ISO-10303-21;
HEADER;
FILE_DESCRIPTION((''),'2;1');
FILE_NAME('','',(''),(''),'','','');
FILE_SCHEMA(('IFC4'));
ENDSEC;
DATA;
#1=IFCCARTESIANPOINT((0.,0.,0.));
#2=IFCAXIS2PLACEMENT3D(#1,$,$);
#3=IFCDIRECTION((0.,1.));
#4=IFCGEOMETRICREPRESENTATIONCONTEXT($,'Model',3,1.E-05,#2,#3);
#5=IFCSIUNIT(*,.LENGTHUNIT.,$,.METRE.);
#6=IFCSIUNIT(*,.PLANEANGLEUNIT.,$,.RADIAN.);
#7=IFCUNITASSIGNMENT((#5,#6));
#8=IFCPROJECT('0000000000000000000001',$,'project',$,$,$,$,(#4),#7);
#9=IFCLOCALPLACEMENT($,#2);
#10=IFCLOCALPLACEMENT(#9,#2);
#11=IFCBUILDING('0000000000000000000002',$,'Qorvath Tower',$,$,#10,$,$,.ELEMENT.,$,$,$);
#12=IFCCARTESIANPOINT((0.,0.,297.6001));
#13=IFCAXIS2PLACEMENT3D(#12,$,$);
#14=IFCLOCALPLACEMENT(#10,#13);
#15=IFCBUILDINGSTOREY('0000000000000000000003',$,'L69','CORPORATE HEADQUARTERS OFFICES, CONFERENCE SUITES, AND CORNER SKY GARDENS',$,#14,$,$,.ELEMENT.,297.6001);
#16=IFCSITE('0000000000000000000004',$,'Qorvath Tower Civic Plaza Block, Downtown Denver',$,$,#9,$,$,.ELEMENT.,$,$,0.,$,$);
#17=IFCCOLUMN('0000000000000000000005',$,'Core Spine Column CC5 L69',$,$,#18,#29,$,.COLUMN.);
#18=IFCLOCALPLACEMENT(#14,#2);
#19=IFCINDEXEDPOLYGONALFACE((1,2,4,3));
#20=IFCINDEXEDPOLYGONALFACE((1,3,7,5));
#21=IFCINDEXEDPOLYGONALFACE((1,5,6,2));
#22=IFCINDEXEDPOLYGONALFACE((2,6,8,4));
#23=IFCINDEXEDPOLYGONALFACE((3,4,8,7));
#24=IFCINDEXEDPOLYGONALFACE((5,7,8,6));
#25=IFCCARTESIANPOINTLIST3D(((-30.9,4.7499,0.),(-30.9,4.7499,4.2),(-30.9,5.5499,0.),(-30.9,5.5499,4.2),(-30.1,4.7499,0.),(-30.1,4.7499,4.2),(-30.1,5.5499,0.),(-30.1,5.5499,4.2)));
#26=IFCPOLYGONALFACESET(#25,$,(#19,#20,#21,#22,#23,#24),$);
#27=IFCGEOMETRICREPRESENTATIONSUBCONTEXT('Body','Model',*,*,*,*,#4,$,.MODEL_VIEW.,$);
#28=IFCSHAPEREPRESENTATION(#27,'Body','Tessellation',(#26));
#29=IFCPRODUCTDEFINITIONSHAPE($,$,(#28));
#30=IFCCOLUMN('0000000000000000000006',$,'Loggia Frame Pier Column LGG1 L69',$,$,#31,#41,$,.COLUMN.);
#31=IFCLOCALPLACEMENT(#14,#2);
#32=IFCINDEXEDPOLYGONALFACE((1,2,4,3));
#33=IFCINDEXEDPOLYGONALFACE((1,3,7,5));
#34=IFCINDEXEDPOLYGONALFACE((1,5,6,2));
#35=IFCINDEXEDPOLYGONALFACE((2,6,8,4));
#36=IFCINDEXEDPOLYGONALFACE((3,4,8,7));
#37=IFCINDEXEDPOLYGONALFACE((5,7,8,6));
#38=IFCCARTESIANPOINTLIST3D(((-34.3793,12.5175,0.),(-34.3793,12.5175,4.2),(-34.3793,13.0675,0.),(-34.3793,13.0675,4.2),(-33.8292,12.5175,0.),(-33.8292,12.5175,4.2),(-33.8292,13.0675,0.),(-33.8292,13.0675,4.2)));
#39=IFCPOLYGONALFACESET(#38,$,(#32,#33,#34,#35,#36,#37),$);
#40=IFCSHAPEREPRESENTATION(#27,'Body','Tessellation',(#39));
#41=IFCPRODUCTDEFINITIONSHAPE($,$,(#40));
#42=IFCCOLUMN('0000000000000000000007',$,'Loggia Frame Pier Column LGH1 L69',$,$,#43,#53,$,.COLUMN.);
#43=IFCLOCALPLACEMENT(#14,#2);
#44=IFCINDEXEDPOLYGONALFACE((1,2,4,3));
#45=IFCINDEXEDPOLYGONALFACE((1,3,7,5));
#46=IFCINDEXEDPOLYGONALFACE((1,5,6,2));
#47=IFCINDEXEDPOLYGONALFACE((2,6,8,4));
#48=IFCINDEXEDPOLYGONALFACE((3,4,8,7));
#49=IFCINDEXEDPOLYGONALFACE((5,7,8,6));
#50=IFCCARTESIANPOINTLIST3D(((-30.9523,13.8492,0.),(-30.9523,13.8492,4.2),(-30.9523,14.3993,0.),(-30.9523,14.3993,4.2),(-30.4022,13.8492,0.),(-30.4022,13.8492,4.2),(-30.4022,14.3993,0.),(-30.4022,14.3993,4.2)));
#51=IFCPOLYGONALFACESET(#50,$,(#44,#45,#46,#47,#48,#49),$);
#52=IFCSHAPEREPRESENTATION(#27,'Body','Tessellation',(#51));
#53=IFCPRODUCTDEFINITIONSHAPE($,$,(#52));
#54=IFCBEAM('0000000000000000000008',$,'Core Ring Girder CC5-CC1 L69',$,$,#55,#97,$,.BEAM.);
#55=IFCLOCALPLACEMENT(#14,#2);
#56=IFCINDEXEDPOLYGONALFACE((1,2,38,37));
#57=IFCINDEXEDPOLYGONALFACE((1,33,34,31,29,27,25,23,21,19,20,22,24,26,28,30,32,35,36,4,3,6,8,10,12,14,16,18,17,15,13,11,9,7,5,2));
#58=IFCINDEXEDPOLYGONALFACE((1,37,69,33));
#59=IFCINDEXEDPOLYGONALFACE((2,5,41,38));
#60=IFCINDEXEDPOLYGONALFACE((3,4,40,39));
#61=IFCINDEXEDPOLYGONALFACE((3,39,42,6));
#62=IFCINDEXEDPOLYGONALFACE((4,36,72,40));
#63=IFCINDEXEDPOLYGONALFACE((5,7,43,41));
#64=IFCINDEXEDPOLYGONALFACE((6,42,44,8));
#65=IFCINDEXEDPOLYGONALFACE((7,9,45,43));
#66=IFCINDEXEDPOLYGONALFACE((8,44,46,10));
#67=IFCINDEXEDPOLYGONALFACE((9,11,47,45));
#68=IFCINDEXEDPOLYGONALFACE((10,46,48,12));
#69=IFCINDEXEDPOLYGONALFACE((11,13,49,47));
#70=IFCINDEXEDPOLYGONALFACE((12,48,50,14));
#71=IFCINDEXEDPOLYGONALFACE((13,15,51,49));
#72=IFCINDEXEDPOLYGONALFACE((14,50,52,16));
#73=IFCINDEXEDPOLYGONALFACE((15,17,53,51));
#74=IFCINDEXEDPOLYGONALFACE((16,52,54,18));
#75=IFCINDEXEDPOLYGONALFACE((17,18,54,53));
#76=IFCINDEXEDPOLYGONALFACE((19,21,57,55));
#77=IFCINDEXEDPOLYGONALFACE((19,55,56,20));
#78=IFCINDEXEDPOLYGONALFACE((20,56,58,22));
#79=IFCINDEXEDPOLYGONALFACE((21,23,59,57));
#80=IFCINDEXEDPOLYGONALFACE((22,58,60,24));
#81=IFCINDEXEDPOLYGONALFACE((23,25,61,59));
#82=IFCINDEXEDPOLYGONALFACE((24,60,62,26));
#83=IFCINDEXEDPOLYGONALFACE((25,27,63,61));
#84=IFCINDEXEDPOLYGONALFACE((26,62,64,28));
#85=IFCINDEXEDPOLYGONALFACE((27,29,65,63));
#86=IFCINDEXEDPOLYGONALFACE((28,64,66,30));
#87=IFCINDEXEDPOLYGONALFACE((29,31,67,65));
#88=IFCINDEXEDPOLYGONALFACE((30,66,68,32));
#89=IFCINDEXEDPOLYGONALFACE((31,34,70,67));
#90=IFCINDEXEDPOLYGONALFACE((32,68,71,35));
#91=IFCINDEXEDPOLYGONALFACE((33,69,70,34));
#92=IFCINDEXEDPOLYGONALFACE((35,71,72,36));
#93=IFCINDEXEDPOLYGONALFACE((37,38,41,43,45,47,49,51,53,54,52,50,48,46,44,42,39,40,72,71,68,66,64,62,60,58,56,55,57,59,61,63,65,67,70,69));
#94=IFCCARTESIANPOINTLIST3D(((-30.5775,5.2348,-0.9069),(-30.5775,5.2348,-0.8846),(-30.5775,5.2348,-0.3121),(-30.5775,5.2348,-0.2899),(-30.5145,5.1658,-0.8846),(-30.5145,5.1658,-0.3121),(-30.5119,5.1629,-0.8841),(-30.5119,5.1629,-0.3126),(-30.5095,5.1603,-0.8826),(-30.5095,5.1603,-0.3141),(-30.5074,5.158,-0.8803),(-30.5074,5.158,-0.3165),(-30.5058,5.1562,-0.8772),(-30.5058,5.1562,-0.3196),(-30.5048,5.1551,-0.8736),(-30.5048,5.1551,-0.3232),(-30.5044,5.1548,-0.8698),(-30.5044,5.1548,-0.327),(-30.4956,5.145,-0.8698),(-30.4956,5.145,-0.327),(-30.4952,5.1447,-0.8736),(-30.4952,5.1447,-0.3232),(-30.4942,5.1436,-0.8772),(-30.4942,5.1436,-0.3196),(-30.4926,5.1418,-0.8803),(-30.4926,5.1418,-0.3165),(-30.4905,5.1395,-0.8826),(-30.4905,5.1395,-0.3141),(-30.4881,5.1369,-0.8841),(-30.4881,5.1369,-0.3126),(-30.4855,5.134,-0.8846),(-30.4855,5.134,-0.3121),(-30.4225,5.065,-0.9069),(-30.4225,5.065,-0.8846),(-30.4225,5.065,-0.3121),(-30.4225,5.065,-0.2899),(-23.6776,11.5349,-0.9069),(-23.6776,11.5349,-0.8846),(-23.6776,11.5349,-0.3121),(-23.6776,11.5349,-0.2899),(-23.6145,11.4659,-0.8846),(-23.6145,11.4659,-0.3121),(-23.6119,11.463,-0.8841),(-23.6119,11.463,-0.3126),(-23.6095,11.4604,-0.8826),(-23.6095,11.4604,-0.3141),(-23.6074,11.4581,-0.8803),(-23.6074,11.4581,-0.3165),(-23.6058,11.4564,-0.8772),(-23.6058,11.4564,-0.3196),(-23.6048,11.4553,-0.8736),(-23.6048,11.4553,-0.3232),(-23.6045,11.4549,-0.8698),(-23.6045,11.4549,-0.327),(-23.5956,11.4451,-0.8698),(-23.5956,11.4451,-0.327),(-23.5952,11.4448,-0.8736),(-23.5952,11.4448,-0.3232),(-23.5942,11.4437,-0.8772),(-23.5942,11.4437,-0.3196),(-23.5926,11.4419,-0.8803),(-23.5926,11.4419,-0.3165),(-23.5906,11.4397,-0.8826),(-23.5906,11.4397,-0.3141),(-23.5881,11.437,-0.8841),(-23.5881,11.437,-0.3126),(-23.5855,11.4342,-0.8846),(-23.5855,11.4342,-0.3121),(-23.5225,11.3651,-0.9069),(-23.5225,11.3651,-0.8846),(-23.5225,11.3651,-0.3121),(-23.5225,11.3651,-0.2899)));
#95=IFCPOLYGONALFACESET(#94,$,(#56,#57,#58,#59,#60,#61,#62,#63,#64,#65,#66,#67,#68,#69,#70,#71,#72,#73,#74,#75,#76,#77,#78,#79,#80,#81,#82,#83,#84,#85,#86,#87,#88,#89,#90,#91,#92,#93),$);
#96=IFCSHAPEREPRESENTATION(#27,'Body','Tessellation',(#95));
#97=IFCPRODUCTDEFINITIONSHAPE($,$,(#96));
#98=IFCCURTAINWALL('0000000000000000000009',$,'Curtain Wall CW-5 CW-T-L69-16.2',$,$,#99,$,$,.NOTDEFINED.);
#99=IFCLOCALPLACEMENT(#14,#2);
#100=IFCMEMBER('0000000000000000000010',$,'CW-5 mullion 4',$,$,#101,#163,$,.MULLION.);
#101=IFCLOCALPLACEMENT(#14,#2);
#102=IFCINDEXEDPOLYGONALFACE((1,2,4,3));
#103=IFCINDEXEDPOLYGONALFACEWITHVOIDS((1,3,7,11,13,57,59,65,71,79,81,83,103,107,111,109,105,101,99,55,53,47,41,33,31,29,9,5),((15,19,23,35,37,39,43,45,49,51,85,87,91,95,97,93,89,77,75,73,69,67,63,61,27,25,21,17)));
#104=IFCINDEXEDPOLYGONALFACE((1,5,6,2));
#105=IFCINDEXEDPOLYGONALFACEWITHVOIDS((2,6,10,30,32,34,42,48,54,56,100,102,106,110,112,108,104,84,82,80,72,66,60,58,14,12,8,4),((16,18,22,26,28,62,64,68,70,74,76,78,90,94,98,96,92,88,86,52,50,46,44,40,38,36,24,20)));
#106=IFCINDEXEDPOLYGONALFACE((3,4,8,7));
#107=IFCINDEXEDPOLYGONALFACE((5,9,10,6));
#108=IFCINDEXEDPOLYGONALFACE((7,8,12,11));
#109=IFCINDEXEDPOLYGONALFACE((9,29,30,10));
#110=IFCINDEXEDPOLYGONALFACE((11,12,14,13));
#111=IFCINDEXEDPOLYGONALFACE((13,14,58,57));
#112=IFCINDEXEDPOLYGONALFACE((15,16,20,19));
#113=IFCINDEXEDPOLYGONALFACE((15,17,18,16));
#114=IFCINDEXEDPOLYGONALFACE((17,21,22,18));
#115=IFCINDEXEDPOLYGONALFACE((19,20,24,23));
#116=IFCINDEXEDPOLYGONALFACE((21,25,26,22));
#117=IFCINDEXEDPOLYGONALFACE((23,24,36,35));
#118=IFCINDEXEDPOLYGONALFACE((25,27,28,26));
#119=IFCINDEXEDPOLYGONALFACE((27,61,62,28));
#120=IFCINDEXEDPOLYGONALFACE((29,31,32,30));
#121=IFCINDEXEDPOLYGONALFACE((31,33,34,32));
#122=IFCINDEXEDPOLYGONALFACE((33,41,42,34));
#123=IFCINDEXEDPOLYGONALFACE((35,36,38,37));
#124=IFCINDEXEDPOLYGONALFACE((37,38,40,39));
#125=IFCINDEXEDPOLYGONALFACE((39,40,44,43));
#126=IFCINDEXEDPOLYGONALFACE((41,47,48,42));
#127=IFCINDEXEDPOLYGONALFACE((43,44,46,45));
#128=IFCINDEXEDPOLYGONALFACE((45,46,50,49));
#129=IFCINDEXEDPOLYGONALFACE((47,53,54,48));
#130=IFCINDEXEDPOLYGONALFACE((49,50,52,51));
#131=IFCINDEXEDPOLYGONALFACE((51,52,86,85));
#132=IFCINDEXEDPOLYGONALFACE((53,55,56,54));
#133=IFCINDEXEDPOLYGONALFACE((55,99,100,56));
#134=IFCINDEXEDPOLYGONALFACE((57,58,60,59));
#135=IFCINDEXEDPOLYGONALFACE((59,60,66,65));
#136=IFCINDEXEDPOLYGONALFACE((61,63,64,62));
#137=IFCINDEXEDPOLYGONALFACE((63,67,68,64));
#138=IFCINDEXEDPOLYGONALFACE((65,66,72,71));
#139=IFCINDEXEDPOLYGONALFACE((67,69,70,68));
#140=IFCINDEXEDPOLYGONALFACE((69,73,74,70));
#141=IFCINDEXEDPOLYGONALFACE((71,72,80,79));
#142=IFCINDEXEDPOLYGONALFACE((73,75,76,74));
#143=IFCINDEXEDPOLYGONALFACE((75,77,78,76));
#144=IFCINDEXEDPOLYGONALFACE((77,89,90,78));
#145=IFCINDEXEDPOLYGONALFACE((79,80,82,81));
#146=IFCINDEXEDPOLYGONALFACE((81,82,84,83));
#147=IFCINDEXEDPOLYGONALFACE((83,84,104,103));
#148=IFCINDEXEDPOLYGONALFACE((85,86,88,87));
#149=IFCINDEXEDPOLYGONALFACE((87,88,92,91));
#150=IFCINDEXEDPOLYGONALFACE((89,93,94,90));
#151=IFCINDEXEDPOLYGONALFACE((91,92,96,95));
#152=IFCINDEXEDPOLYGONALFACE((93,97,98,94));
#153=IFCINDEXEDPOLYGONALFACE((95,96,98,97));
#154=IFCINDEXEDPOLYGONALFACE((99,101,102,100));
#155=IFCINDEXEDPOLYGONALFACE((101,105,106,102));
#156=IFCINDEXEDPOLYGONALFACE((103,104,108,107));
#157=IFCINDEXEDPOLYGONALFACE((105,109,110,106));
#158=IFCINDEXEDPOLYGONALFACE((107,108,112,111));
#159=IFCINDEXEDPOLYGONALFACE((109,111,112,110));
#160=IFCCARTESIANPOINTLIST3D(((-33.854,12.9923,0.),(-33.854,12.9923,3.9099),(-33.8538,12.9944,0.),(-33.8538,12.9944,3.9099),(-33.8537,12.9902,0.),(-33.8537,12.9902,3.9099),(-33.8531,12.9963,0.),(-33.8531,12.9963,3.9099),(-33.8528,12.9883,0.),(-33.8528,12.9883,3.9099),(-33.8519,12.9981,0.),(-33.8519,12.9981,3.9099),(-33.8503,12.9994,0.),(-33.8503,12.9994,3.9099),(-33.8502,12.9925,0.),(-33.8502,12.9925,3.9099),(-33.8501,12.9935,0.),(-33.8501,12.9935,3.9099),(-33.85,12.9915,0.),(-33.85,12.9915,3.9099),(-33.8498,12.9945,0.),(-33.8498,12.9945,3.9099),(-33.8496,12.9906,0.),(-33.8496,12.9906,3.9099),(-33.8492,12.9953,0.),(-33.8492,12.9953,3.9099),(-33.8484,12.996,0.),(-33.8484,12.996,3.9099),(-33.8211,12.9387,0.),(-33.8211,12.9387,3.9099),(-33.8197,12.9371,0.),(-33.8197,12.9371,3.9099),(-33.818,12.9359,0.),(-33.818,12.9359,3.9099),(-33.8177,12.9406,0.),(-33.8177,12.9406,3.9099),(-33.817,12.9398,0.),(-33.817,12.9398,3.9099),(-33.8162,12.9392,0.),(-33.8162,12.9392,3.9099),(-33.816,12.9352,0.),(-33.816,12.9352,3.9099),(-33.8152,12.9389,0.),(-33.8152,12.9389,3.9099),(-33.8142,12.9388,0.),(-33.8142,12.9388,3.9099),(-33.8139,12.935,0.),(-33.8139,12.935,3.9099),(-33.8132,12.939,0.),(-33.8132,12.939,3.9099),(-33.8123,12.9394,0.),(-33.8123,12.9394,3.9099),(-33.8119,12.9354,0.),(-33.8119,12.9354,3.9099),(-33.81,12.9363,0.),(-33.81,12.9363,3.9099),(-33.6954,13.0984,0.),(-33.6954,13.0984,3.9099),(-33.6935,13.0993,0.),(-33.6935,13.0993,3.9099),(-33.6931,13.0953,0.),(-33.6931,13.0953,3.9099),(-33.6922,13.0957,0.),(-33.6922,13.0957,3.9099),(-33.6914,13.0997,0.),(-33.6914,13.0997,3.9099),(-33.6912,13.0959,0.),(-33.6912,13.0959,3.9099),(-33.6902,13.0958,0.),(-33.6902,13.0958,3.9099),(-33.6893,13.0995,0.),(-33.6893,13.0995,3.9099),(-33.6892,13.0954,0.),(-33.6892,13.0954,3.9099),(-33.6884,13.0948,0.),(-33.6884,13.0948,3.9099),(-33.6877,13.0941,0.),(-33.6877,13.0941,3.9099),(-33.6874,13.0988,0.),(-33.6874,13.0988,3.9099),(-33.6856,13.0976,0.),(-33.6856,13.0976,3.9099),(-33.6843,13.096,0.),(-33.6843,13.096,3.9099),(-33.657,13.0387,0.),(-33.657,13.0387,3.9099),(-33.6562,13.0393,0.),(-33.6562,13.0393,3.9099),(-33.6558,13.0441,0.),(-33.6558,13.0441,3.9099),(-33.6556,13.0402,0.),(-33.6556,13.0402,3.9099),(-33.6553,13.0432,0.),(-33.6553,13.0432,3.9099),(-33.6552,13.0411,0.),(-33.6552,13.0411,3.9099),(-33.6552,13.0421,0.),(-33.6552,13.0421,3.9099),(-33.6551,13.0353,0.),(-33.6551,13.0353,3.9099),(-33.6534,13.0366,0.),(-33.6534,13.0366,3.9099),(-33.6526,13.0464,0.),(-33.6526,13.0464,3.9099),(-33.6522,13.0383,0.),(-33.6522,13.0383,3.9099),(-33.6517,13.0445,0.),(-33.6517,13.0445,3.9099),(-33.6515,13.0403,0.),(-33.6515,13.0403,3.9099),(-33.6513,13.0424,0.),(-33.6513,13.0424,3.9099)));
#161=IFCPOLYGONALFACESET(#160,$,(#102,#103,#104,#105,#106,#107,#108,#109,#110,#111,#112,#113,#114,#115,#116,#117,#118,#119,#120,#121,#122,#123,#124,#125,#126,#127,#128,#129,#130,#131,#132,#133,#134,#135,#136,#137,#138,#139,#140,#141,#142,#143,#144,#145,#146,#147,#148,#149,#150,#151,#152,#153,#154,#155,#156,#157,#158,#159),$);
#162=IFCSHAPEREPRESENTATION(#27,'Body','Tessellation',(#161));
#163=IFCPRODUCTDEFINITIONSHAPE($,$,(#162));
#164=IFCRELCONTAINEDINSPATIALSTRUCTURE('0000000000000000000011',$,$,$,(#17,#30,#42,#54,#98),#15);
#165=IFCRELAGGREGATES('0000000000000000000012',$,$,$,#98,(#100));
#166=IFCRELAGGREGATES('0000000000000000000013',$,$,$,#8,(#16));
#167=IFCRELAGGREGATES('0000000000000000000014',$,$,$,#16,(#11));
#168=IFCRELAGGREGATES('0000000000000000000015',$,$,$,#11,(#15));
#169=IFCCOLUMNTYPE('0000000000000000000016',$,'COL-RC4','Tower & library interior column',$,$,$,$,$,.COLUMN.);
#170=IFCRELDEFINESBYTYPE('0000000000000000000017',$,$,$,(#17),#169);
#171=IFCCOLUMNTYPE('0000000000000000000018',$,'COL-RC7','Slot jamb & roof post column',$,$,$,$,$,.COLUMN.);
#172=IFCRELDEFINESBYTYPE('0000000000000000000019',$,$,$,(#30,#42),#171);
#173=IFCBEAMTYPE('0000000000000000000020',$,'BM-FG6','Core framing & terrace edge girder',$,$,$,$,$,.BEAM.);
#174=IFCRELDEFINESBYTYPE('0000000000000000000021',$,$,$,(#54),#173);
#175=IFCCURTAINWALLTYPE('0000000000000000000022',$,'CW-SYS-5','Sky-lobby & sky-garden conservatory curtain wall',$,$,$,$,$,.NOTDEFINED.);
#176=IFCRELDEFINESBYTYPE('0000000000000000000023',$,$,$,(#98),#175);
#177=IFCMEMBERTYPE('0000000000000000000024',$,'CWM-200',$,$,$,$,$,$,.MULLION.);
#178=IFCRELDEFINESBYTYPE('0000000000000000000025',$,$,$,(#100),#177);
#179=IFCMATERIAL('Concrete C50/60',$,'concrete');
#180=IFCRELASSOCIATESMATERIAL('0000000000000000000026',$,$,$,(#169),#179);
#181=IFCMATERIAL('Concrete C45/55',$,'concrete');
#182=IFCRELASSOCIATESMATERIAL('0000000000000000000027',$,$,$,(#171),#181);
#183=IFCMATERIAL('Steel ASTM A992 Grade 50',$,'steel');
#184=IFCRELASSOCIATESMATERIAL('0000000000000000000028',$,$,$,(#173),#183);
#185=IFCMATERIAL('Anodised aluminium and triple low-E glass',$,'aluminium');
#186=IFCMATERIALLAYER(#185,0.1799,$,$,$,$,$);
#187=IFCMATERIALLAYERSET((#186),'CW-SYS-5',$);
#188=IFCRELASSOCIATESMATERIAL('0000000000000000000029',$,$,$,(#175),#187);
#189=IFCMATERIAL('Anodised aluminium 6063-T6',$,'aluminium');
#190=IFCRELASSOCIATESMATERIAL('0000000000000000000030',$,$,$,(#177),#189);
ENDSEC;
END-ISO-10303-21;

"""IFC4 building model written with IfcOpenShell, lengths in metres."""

from ifc_helpers import new_model, si_unit, direction, frame, origin, origin_2d, place, context, subcontext, project, spatial, rectangle, hollow_rectangle, i_section, extrude, material, layer, layer_set, material_profile, profile_set, type_object, element, aggregate, save


model = new_model("IFC4")

# Units and contexts
model_context = context("Model", 3, precision=1e-05, world=origin(), true_north=direction((0.0, 1.0)))
body_context = subcontext(model_context, "Body", "Model", "MODEL_VIEW")
ifc_project = project(units=[si_unit("LENGTHUNIT", "METRE"), si_unit("PLANEANGLEUNIT", "RADIAN")], contexts=[model_context])

# Site, building, storey
site_placement = place(None, origin())
site = spatial("IfcSite", under=ifc_project, at=site_placement, Name="Qorvath Tower Civic Plaza Block, Downtown Denver", CompositionType="ELEMENT", RefElevation=0.0)
building_placement = place(site_placement, origin())
building = spatial("IfcBuilding", under=site, at=building_placement, Name="Qorvath Tower", CompositionType="ELEMENT")
storey_placement = place(building_placement, frame((0.0, 0.0, 297.6001)))
storey = spatial("IfcBuildingStorey", under=building, at=storey_placement, Name="L69", Description="CORPORATE HEADQUARTERS OFFICES, CONFERENCE SUITES, AND CORNER SKY GARDENS", CompositionType="ELEMENT", Elevation=297.6001)

# Columns
ifc_material_1 = material(Name="Concrete C50/60", Category="concrete")
ifc_material_profile_1 = material_profile(ifc_material_1, rectangle(XDim=0.8, YDim=0.8, at=origin_2d()), Name="RC 800x800")
ifc_profile_set_1 = profile_set([ifc_material_profile_1], Name="Concrete C50/60")
column_type_1 = type_object("IfcColumnType", Name="COL-RC4", Description="Tower & library interior column", PredefinedType="COLUMN", material=ifc_profile_set_1)
column_placement = place(storey_placement, frame((-30.5, 5.1499, 0.0), z_axis=(0.0, 0.0, 1.0), x_axis=(1.0, 0.0, 0.0)))
element("IfcColumn", 1, at=column_placement, inside=storey, type_object=column_type_1, Name="Core Spine Column CC5 L69", PredefinedType="COLUMN", context=body_context, shape_type="SweptSolid", body=[
    extrude(rectangle(XDim=0.8, YDim=0.8, at=origin_2d()), origin(), (0.0, 0.0, 1.0), 4.2),
])
ifc_material_2 = material(Name="Concrete C45/55", Category="concrete")
ifc_material_profile_2 = material_profile(ifc_material_2, rectangle(XDim=0.55, YDim=0.55, at=origin_2d()), Name="RC 550x550")
ifc_profile_set_2 = profile_set([ifc_material_profile_2], Name="Concrete C45/55")
column_type_2 = type_object("IfcColumnType", Name="COL-RC7", Description="Slot jamb & roof post column", PredefinedType="COLUMN", material=ifc_profile_set_2)
for number, where, z_axis, x_axis, name in (
    (2, (-34.1042, 12.7925, 0.0), (0.0, 0.0, 1.0), (1.0, 0.0, 0.0), "Loggia Frame Pier Column LGG1 L69"),
    (3, (-30.6772, 14.1243, 0.0), (0.0, 0.0, 1.0), (1.0, 0.0, 0.0), "Loggia Frame Pier Column LGH1 L69"),
):
    element("IfcColumn", number, at=place(storey_placement, frame(where, z_axis=z_axis, x_axis=x_axis)), inside=storey, type_object=column_type_2, Name=name, PredefinedType="COLUMN", context=body_context, shape_type="SweptSolid", body=[
        extrude(rectangle(XDim=0.55, YDim=0.55, at=origin_2d()), origin(), (0.0, 0.0, 1.0), 4.2),
    ])

# Beam
ifc_material_3 = material(Name="Steel ASTM A992 Grade 50", Category="steel")
ifc_material_profile_3 = material_profile(ifc_material_3, i_section(OverallWidth=0.23, OverallDepth=0.6169, WebThickness=0.0132, FlangeThickness=0.0222, FilletRadius=0.0149, at=origin_2d()), Name="W24x94")
ifc_profile_set_3 = profile_set([ifc_material_profile_3], Name="Steel ASTM A992 Grade 50")
beam_type = type_object("IfcBeamType", Name="BM-FG6", Description="Core framing & terrace edge girder", PredefinedType="BEAM", material=ifc_profile_set_3)
beam_placement = place(storey_placement, frame((-30.5, 5.1499, -0.5984), z_axis=(0.738478, 0.674277, 0.0), x_axis=(-0.674277, 0.738478, 0.0)))
element("IfcBeam", 4, at=beam_placement, inside=storey, type_object=beam_type, Name="Core Ring Girder CC5-CC1 L69", PredefinedType="BEAM", context=body_context, shape_type="SweptSolid", body=[
    extrude(i_section(OverallWidth=0.23, OverallDepth=0.6169, WebThickness=0.0132, FlangeThickness=0.0222, FilletRadius=0.0149, at=origin_2d()), origin(), (0.0, 0.0, 1.0), 9.3435),
])

# Curtain wall, member
ifc_material_4 = material(Name="Anodised aluminium and triple low-E glass", Category="aluminium")
ifc_layer_1 = layer(ifc_material_4, 0.1799)
ifc_layer_set_1 = layer_set([ifc_layer_1], Name="CW-SYS-5")
curtain_wall_type = type_object("IfcCurtainWallType", Name="CW-SYS-5", Description="Sky-lobby & sky-garden conservatory curtain wall", PredefinedType="NOTDEFINED", material=ifc_layer_set_1)
curtain_wall_1_placement = place(storey_placement, origin())
curtain_wall_1 = element("IfcCurtainWall", 5, at=curtain_wall_1_placement, inside=storey, type_object=curtain_wall_type, Name="Curtain Wall CW-5 CW-T-L69-16.2", PredefinedType="NOTDEFINED")
ifc_material_5 = material(Name="Anodised aluminium 6063-T6", Category="aluminium")
ifc_material_profile_4 = material_profile(ifc_material_5, hollow_rectangle(XDim=0.075, YDim=0.2, WallThickness=0.0039, InnerFilletRadius=0.0039, OuterFilletRadius=0.0081, at=origin_2d()), Name="CWM 200x75")
ifc_profile_set_4 = profile_set([ifc_material_profile_4], Name="Anodised aluminium 6063-T6")
member_type_1 = type_object("IfcMemberType", Name="CWM-200", PredefinedType="MULLION", material=ifc_profile_set_4)
member_1_placement = place(storey_placement, frame((-33.7527, 13.0173, 0.0), z_axis=(0.0, 0.0, 1.0), x_axis=(0.538541, -0.842599, 0.0)))
member_1 = element("IfcMember", 6, at=member_1_placement, type_object=member_type_1, Name="CW-5 mullion 4", PredefinedType="MULLION", context=body_context, shape_type="SweptSolid", body=[
    extrude(hollow_rectangle(XDim=0.075, YDim=0.2, WallThickness=0.0039, InnerFilletRadius=0.0039, OuterFilletRadius=0.0081, at=origin_2d()), origin(), (0.0, 0.0, 1.0), 3.9099),
])

aggregate(curtain_wall_1, [member_1])

save(model, "model.ifc")
